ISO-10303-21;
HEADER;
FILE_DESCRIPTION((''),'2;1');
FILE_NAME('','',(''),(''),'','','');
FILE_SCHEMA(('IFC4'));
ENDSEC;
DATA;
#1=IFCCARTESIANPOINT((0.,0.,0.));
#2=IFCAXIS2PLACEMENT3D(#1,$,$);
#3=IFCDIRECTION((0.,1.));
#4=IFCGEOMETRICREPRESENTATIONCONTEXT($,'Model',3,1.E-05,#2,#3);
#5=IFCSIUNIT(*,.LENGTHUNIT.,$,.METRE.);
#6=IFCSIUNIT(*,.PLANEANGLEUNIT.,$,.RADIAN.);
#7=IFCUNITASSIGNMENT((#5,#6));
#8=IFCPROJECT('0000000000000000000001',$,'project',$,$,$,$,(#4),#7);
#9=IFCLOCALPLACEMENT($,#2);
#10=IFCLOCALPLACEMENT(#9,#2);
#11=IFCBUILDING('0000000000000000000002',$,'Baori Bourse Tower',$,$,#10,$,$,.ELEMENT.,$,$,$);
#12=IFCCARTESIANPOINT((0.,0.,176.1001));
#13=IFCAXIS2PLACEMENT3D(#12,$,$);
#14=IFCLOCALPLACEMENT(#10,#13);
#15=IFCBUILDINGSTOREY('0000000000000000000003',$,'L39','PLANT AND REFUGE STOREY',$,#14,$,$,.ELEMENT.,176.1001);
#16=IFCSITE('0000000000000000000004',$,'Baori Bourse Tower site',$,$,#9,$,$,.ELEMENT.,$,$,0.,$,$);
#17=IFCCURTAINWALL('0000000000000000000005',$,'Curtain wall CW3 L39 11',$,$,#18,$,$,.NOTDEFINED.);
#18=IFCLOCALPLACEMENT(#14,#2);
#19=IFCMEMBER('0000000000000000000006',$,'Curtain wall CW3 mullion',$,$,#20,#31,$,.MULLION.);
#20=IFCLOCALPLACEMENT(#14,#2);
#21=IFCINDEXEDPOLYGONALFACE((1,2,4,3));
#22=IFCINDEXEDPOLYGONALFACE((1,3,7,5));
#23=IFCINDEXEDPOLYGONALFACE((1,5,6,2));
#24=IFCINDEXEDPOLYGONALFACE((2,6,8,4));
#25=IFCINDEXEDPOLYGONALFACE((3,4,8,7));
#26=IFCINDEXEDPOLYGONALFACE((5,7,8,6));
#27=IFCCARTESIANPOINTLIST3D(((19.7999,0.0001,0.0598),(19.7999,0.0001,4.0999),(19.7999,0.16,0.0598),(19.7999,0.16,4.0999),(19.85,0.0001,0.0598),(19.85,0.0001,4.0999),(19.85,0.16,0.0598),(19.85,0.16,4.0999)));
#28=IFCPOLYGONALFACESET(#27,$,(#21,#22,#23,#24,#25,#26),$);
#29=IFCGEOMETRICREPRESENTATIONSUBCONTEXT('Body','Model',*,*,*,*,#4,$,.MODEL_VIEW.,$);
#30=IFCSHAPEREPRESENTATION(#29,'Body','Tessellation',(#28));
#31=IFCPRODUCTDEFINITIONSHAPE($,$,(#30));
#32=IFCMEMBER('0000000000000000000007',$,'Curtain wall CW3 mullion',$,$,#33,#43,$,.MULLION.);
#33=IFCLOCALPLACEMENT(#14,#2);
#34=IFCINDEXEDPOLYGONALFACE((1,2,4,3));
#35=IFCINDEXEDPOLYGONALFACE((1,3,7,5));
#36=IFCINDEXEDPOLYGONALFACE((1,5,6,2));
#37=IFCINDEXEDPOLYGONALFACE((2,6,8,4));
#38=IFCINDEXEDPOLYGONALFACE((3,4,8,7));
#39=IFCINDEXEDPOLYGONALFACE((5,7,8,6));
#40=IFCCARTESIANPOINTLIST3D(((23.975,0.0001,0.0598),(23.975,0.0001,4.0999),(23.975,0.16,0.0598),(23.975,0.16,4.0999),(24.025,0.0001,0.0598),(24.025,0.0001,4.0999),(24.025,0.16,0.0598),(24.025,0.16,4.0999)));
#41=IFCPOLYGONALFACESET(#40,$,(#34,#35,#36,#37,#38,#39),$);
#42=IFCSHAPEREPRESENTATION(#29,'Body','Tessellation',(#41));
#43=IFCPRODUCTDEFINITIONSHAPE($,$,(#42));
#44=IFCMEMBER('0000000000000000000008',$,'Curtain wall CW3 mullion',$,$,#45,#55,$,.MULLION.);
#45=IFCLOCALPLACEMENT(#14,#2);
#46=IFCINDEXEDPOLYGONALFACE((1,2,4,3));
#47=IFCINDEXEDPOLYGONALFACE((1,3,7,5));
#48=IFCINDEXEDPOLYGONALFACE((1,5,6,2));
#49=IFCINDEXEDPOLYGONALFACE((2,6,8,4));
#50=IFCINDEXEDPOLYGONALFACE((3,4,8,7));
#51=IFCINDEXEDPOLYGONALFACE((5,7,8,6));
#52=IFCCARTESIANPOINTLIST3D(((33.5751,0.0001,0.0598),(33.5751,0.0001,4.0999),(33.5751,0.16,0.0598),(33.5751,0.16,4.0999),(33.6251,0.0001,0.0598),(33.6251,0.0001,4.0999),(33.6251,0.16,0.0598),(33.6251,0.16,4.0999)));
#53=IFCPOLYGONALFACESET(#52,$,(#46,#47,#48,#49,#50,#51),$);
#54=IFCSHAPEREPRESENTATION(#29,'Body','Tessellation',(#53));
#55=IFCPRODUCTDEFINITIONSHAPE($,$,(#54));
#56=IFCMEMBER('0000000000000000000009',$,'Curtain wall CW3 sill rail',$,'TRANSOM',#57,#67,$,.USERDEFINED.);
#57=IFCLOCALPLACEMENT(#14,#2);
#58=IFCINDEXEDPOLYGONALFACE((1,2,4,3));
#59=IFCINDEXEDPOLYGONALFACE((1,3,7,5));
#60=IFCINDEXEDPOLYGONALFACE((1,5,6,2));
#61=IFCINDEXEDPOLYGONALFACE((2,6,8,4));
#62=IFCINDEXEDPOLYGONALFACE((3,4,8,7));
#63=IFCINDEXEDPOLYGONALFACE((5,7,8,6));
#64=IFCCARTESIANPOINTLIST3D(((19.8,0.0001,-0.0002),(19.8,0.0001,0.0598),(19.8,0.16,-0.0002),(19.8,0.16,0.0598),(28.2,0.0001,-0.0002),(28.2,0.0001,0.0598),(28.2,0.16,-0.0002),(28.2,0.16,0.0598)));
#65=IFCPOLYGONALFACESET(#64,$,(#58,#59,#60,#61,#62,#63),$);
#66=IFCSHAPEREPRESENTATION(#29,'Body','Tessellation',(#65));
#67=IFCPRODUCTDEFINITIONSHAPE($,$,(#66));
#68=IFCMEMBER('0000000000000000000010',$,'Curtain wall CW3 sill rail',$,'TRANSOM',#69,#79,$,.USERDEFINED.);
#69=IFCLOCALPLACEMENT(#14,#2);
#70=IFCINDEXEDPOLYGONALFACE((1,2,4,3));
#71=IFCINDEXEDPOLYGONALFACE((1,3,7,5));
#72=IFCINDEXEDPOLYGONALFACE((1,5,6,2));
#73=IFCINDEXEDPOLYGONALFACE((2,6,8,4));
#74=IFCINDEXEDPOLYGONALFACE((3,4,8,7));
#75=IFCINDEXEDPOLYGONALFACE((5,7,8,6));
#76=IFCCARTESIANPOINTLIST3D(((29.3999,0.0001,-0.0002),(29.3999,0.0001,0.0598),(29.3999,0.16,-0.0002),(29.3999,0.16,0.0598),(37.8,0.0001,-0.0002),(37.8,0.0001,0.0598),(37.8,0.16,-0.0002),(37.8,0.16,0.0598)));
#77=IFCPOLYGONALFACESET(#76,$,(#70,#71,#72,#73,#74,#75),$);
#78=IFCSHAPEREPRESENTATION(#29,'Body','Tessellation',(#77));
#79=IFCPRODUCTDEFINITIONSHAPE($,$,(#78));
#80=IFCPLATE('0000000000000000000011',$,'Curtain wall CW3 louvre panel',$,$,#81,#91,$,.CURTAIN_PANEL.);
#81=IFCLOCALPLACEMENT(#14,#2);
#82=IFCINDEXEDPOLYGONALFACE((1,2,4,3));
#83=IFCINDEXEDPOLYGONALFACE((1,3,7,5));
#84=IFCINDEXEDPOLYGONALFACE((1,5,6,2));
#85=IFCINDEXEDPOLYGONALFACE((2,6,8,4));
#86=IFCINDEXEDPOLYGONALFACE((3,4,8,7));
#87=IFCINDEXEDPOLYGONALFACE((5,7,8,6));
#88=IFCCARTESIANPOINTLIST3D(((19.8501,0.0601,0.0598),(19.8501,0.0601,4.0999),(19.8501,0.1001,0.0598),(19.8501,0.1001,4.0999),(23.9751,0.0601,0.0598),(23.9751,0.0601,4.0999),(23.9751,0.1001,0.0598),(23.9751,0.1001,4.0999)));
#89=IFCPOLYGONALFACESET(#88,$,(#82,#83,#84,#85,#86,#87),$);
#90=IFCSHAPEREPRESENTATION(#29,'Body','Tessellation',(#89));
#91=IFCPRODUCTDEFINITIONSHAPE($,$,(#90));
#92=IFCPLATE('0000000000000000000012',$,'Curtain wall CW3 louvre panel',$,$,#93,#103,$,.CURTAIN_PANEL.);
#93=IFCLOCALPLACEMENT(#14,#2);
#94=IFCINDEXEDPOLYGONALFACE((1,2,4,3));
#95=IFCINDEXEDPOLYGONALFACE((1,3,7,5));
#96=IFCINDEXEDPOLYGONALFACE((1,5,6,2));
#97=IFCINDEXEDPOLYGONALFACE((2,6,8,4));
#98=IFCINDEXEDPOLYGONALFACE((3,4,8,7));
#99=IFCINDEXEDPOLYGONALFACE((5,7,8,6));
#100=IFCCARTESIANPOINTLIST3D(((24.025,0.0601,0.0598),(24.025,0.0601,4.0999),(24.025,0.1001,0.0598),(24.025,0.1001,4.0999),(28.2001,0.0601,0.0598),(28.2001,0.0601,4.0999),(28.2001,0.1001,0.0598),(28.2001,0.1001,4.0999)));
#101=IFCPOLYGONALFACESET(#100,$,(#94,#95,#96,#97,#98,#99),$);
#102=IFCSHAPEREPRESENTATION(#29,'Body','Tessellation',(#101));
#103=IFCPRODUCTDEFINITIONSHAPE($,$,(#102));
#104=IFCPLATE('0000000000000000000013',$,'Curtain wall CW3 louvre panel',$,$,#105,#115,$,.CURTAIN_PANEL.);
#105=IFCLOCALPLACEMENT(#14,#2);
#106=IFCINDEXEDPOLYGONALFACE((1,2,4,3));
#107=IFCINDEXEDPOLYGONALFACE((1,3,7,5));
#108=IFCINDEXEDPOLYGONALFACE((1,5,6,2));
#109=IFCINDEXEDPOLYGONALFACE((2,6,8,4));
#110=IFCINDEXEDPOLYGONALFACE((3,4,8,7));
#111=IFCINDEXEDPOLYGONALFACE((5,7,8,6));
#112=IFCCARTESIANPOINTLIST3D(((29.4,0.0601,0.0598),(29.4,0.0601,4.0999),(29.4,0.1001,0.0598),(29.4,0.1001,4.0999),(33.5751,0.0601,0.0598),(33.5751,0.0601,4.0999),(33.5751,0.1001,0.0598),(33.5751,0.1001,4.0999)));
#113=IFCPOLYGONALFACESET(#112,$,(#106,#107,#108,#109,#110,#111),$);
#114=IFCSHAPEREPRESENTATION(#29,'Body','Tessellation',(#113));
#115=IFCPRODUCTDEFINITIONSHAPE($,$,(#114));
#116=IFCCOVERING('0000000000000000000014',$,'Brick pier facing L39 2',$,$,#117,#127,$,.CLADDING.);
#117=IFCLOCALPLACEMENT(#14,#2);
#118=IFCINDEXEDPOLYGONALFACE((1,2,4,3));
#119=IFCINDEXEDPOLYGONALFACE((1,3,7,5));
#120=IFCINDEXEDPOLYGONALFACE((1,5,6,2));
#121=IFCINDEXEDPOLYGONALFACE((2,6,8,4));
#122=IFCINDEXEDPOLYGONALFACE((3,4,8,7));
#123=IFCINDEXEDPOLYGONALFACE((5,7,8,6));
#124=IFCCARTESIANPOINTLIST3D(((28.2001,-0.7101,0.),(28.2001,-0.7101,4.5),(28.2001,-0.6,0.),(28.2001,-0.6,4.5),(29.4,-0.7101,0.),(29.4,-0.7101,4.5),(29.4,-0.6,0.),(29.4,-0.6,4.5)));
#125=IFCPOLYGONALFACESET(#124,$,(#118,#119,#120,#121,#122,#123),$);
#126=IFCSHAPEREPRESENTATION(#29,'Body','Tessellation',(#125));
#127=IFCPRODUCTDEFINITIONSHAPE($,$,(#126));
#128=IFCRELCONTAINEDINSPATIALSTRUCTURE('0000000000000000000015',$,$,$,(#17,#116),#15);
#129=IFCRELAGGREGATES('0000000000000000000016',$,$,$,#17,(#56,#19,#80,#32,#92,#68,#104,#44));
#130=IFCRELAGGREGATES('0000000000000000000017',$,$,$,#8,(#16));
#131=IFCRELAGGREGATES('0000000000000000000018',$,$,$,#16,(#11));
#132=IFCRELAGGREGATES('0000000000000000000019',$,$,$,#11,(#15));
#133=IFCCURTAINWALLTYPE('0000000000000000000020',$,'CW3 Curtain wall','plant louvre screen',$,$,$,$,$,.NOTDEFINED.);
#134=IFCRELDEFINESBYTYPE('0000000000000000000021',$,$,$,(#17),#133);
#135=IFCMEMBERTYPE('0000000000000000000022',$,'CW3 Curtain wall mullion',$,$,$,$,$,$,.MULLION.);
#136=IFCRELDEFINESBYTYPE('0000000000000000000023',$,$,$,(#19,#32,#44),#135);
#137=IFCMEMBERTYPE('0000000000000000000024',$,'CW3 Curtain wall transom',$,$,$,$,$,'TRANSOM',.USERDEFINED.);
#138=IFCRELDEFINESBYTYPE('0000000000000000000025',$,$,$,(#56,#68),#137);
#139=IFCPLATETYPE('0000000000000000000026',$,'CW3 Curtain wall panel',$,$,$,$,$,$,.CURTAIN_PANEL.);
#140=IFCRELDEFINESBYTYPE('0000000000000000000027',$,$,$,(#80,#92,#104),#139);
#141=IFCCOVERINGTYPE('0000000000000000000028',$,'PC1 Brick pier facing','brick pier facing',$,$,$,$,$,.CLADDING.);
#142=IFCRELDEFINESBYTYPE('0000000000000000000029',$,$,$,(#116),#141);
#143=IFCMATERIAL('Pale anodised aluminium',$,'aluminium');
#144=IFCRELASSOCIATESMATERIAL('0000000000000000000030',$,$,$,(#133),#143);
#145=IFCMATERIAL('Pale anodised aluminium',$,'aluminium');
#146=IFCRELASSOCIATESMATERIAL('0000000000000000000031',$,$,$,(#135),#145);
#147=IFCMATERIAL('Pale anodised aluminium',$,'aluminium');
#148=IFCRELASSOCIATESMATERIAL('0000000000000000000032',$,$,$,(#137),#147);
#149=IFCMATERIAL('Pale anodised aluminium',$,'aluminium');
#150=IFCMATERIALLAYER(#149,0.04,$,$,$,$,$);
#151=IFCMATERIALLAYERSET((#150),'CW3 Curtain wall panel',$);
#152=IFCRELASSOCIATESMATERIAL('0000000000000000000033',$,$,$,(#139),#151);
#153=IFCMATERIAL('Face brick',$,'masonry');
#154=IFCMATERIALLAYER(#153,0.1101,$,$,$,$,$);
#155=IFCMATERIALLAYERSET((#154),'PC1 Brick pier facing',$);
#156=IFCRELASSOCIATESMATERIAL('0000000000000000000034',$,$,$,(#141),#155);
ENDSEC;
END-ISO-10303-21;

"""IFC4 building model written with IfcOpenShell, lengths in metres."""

from ifc_helpers import new_model, si_unit, direction, frame, origin, origin_2d, place, context, subcontext, project, spatial, rectangle, extrude, material, layer, layer_set, material_profile, profile_set, type_object, element, aggregate, save


model = new_model("IFC4")

# Units and contexts
model_context = context("Model", 3, precision=1e-05, world=origin(), true_north=direction((0.0, 1.0)))
body_context = subcontext(model_context, "Body", "Model", "MODEL_VIEW")
ifc_project = project(units=[si_unit("LENGTHUNIT", "METRE"), si_unit("PLANEANGLEUNIT", "RADIAN")], contexts=[model_context])

# Site, building, storey
site_placement = place(None, origin())
site = spatial("IfcSite", under=ifc_project, at=site_placement, Name="Baori Bourse Tower site", CompositionType="ELEMENT", RefElevation=0.0)
building_placement = place(site_placement, origin())
building = spatial("IfcBuilding", under=site, at=building_placement, Name="Baori Bourse Tower", CompositionType="ELEMENT")
storey_placement = place(building_placement, frame((0.0, 0.0, 176.1001)))
storey = spatial("IfcBuildingStorey", under=building, at=storey_placement, Name="L39", Description="PLANT AND REFUGE STOREY", CompositionType="ELEMENT", Elevation=176.1001)

# Curtain wall, members, plates
ifc_material_1 = material(Name="Pale anodised aluminium", Category="aluminium")
curtain_wall_type = type_object("IfcCurtainWallType", Name="CW3 Curtain wall", Description="plant louvre screen", PredefinedType="NOTDEFINED", material=ifc_material_1)
curtain_wall_placement = place(storey_placement, origin())
curtain_wall = element("IfcCurtainWall", 1, at=curtain_wall_placement, inside=storey, type_object=curtain_wall_type, Name="Curtain wall CW3 L39 11", PredefinedType="NOTDEFINED")
ifc_material_2 = material(Name="Pale anodised aluminium", Category="aluminium")
ifc_material_profile_1 = material_profile(ifc_material_2, rectangle(XDim=0.1599, YDim=0.05, at=origin_2d()), Name="Mullion 50x160")
ifc_profile_set_1 = profile_set([ifc_material_profile_1], Name="Pale anodised aluminium")
member_type_1 = type_object("IfcMemberType", Name="CW3 Curtain wall mullion", PredefinedType="MULLION", material=ifc_profile_set_1)
member_1_placement = place(storey_placement, frame((19.825, 0.0801, 0.0598), z_axis=(0.0, 0.0, 1.0), x_axis=(0.0, 1.0, 0.0)))
member_1 = element("IfcMember", 2, at=member_1_placement, type_object=member_type_1, Name="Curtain wall CW3 mullion", PredefinedType="MULLION", context=body_context, shape_type="SweptSolid", body=[
    extrude(rectangle(XDim=0.1599, YDim=0.05, at=origin_2d()), origin(), (0.0, 0.0, 1.0), 4.04),
])
member_2_placement = place(storey_placement, frame((24.0, 0.0801, 0.0598), z_axis=(0.0, 0.0, 1.0), x_axis=(0.0, 1.0, 0.0)))
member_2 = element("IfcMember", 3, at=member_2_placement, type_object=member_type_1, Name="Curtain wall CW3 mullion", PredefinedType="MULLION", context=body_context, shape_type="SweptSolid", body=[
    extrude(rectangle(XDim=0.1599, YDim=0.05, at=origin_2d()), origin(), (0.0, 0.0, 1.0), 4.04),
])
member_3_placement = place(storey_placement, frame((33.6001, 0.0801, 0.0598), z_axis=(0.0, 0.0, 1.0), x_axis=(0.0, 1.0, 0.0)))
member_3 = element("IfcMember", 4, at=member_3_placement, type_object=member_type_1, Name="Curtain wall CW3 mullion", PredefinedType="MULLION", context=body_context, shape_type="SweptSolid", body=[
    extrude(rectangle(XDim=0.1599, YDim=0.05, at=origin_2d()), origin(), (0.0, 0.0, 1.0), 4.04),
])
ifc_material_3 = material(Name="Pale anodised aluminium", Category="aluminium")
ifc_material_profile_2 = material_profile(ifc_material_3, rectangle(XDim=0.1599, YDim=0.0601, at=origin_2d()), Name="Transom 60x160")
ifc_profile_set_2 = profile_set([ifc_material_profile_2], Name="Pale anodised aluminium")
member_type_2 = type_object("IfcMemberType", Name="CW3 Curtain wall transom", ElementType="TRANSOM", PredefinedType="USERDEFINED", material=ifc_profile_set_2)
member_4_placement = place(storey_placement, frame((19.8, 0.0801, 0.0298), z_axis=(1.0, 0.0, 0.0), x_axis=(0.0, 1.0, 0.0)))
member_4 = element("IfcMember", 5, at=member_4_placement, type_object=member_type_2, Name="Curtain wall CW3 sill rail", ObjectType="TRANSOM", PredefinedType="USERDEFINED", context=body_context, shape_type="SweptSolid", body=[
    extrude(rectangle(XDim=0.1599, YDim=0.0601, at=origin_2d()), origin(), (0.0, 0.0, 1.0), 8.3999),
])
member_5_placement = place(storey_placement, frame((29.3999, 0.0801, 0.0298), z_axis=(1.0, 0.0, 0.0), x_axis=(0.0, 1.0, 0.0)))
member_5 = element("IfcMember", 6, at=member_5_placement, type_object=member_type_2, Name="Curtain wall CW3 sill rail", ObjectType="TRANSOM", PredefinedType="USERDEFINED", context=body_context, shape_type="SweptSolid", body=[
    extrude(rectangle(XDim=0.1599, YDim=0.0601, at=origin_2d()), origin(), (0.0, 0.0, 1.0), 8.4001),
])
ifc_material_4 = material(Name="Pale anodised aluminium", Category="aluminium")
ifc_layer_1 = layer(ifc_material_4, 0.04)
ifc_layer_set_1 = layer_set([ifc_layer_1], Name="CW3 Curtain wall panel")
plate_type = type_object("IfcPlateType", Name="CW3 Curtain wall panel", PredefinedType="CURTAIN_PANEL", material=ifc_layer_set_1)
plate_1_placement = place(storey_placement, frame((21.9126, 0.0801, 0.0598), z_axis=(0.0, 0.0, 1.0), x_axis=(1.0, 0.0, 0.0)))
plate_1 = element("IfcPlate", 7, at=plate_1_placement, type_object=plate_type, Name="Curtain wall CW3 louvre panel", PredefinedType="CURTAIN_PANEL", context=body_context, shape_type="SweptSolid", body=[
    extrude(rectangle(XDim=4.125, YDim=0.04, at=origin_2d()), origin(), (0.0, 0.0, 1.0), 4.04),
])
plate_2_placement = place(storey_placement, frame((26.1125, 0.0801, 0.0598), z_axis=(0.0, 0.0, 1.0), x_axis=(1.0, 0.0, 0.0)))
plate_2 = element("IfcPlate", 8, at=plate_2_placement, type_object=plate_type, Name="Curtain wall CW3 louvre panel", PredefinedType="CURTAIN_PANEL", context=body_context, shape_type="SweptSolid", body=[
    extrude(rectangle(XDim=4.175, YDim=0.04, at=origin_2d()), origin(), (0.0, 0.0, 1.0), 4.04),
])
plate_3_placement = place(storey_placement, frame((31.4875, 0.0801, 0.0598), z_axis=(0.0, 0.0, 1.0), x_axis=(1.0, 0.0, 0.0)))
plate_3 = element("IfcPlate", 9, at=plate_3_placement, type_object=plate_type, Name="Curtain wall CW3 louvre panel", PredefinedType="CURTAIN_PANEL", context=body_context, shape_type="SweptSolid", body=[
    extrude(rectangle(XDim=4.175, YDim=0.04, at=origin_2d()), origin(), (0.0, 0.0, 1.0), 4.04),
])
aggregate(curtain_wall, [member_4, member_1, plate_1, member_2, plate_2, member_5, plate_3, member_3])

# Covering
ifc_material_5 = material(Name="Face brick", Category="masonry")
ifc_layer_2 = layer(ifc_material_5, 0.1101)
ifc_layer_set_2 = layer_set([ifc_layer_2], Name="PC1 Brick pier facing")
covering_type = type_object("IfcCoveringType", Name="PC1 Brick pier facing", Description="brick pier facing", PredefinedType="CLADDING", material=ifc_layer_set_2)
covering_placement = place(storey_placement, frame((28.8, -0.655, 0.0), z_axis=(0.0, 0.0, 1.0), x_axis=(1.0, 0.0, 0.0)))
element("IfcCovering", 10, at=covering_placement, inside=storey, type_object=covering_type, Name="Brick pier facing L39 2", PredefinedType="CLADDING", context=body_context, shape_type="SweptSolid", body=[
    extrude(rectangle(XDim=1.2, YDim=0.1101, at=origin_2d()), origin(), (0.0, 0.0, 1.0), 4.5),
])

save(model, "model.ifc")
